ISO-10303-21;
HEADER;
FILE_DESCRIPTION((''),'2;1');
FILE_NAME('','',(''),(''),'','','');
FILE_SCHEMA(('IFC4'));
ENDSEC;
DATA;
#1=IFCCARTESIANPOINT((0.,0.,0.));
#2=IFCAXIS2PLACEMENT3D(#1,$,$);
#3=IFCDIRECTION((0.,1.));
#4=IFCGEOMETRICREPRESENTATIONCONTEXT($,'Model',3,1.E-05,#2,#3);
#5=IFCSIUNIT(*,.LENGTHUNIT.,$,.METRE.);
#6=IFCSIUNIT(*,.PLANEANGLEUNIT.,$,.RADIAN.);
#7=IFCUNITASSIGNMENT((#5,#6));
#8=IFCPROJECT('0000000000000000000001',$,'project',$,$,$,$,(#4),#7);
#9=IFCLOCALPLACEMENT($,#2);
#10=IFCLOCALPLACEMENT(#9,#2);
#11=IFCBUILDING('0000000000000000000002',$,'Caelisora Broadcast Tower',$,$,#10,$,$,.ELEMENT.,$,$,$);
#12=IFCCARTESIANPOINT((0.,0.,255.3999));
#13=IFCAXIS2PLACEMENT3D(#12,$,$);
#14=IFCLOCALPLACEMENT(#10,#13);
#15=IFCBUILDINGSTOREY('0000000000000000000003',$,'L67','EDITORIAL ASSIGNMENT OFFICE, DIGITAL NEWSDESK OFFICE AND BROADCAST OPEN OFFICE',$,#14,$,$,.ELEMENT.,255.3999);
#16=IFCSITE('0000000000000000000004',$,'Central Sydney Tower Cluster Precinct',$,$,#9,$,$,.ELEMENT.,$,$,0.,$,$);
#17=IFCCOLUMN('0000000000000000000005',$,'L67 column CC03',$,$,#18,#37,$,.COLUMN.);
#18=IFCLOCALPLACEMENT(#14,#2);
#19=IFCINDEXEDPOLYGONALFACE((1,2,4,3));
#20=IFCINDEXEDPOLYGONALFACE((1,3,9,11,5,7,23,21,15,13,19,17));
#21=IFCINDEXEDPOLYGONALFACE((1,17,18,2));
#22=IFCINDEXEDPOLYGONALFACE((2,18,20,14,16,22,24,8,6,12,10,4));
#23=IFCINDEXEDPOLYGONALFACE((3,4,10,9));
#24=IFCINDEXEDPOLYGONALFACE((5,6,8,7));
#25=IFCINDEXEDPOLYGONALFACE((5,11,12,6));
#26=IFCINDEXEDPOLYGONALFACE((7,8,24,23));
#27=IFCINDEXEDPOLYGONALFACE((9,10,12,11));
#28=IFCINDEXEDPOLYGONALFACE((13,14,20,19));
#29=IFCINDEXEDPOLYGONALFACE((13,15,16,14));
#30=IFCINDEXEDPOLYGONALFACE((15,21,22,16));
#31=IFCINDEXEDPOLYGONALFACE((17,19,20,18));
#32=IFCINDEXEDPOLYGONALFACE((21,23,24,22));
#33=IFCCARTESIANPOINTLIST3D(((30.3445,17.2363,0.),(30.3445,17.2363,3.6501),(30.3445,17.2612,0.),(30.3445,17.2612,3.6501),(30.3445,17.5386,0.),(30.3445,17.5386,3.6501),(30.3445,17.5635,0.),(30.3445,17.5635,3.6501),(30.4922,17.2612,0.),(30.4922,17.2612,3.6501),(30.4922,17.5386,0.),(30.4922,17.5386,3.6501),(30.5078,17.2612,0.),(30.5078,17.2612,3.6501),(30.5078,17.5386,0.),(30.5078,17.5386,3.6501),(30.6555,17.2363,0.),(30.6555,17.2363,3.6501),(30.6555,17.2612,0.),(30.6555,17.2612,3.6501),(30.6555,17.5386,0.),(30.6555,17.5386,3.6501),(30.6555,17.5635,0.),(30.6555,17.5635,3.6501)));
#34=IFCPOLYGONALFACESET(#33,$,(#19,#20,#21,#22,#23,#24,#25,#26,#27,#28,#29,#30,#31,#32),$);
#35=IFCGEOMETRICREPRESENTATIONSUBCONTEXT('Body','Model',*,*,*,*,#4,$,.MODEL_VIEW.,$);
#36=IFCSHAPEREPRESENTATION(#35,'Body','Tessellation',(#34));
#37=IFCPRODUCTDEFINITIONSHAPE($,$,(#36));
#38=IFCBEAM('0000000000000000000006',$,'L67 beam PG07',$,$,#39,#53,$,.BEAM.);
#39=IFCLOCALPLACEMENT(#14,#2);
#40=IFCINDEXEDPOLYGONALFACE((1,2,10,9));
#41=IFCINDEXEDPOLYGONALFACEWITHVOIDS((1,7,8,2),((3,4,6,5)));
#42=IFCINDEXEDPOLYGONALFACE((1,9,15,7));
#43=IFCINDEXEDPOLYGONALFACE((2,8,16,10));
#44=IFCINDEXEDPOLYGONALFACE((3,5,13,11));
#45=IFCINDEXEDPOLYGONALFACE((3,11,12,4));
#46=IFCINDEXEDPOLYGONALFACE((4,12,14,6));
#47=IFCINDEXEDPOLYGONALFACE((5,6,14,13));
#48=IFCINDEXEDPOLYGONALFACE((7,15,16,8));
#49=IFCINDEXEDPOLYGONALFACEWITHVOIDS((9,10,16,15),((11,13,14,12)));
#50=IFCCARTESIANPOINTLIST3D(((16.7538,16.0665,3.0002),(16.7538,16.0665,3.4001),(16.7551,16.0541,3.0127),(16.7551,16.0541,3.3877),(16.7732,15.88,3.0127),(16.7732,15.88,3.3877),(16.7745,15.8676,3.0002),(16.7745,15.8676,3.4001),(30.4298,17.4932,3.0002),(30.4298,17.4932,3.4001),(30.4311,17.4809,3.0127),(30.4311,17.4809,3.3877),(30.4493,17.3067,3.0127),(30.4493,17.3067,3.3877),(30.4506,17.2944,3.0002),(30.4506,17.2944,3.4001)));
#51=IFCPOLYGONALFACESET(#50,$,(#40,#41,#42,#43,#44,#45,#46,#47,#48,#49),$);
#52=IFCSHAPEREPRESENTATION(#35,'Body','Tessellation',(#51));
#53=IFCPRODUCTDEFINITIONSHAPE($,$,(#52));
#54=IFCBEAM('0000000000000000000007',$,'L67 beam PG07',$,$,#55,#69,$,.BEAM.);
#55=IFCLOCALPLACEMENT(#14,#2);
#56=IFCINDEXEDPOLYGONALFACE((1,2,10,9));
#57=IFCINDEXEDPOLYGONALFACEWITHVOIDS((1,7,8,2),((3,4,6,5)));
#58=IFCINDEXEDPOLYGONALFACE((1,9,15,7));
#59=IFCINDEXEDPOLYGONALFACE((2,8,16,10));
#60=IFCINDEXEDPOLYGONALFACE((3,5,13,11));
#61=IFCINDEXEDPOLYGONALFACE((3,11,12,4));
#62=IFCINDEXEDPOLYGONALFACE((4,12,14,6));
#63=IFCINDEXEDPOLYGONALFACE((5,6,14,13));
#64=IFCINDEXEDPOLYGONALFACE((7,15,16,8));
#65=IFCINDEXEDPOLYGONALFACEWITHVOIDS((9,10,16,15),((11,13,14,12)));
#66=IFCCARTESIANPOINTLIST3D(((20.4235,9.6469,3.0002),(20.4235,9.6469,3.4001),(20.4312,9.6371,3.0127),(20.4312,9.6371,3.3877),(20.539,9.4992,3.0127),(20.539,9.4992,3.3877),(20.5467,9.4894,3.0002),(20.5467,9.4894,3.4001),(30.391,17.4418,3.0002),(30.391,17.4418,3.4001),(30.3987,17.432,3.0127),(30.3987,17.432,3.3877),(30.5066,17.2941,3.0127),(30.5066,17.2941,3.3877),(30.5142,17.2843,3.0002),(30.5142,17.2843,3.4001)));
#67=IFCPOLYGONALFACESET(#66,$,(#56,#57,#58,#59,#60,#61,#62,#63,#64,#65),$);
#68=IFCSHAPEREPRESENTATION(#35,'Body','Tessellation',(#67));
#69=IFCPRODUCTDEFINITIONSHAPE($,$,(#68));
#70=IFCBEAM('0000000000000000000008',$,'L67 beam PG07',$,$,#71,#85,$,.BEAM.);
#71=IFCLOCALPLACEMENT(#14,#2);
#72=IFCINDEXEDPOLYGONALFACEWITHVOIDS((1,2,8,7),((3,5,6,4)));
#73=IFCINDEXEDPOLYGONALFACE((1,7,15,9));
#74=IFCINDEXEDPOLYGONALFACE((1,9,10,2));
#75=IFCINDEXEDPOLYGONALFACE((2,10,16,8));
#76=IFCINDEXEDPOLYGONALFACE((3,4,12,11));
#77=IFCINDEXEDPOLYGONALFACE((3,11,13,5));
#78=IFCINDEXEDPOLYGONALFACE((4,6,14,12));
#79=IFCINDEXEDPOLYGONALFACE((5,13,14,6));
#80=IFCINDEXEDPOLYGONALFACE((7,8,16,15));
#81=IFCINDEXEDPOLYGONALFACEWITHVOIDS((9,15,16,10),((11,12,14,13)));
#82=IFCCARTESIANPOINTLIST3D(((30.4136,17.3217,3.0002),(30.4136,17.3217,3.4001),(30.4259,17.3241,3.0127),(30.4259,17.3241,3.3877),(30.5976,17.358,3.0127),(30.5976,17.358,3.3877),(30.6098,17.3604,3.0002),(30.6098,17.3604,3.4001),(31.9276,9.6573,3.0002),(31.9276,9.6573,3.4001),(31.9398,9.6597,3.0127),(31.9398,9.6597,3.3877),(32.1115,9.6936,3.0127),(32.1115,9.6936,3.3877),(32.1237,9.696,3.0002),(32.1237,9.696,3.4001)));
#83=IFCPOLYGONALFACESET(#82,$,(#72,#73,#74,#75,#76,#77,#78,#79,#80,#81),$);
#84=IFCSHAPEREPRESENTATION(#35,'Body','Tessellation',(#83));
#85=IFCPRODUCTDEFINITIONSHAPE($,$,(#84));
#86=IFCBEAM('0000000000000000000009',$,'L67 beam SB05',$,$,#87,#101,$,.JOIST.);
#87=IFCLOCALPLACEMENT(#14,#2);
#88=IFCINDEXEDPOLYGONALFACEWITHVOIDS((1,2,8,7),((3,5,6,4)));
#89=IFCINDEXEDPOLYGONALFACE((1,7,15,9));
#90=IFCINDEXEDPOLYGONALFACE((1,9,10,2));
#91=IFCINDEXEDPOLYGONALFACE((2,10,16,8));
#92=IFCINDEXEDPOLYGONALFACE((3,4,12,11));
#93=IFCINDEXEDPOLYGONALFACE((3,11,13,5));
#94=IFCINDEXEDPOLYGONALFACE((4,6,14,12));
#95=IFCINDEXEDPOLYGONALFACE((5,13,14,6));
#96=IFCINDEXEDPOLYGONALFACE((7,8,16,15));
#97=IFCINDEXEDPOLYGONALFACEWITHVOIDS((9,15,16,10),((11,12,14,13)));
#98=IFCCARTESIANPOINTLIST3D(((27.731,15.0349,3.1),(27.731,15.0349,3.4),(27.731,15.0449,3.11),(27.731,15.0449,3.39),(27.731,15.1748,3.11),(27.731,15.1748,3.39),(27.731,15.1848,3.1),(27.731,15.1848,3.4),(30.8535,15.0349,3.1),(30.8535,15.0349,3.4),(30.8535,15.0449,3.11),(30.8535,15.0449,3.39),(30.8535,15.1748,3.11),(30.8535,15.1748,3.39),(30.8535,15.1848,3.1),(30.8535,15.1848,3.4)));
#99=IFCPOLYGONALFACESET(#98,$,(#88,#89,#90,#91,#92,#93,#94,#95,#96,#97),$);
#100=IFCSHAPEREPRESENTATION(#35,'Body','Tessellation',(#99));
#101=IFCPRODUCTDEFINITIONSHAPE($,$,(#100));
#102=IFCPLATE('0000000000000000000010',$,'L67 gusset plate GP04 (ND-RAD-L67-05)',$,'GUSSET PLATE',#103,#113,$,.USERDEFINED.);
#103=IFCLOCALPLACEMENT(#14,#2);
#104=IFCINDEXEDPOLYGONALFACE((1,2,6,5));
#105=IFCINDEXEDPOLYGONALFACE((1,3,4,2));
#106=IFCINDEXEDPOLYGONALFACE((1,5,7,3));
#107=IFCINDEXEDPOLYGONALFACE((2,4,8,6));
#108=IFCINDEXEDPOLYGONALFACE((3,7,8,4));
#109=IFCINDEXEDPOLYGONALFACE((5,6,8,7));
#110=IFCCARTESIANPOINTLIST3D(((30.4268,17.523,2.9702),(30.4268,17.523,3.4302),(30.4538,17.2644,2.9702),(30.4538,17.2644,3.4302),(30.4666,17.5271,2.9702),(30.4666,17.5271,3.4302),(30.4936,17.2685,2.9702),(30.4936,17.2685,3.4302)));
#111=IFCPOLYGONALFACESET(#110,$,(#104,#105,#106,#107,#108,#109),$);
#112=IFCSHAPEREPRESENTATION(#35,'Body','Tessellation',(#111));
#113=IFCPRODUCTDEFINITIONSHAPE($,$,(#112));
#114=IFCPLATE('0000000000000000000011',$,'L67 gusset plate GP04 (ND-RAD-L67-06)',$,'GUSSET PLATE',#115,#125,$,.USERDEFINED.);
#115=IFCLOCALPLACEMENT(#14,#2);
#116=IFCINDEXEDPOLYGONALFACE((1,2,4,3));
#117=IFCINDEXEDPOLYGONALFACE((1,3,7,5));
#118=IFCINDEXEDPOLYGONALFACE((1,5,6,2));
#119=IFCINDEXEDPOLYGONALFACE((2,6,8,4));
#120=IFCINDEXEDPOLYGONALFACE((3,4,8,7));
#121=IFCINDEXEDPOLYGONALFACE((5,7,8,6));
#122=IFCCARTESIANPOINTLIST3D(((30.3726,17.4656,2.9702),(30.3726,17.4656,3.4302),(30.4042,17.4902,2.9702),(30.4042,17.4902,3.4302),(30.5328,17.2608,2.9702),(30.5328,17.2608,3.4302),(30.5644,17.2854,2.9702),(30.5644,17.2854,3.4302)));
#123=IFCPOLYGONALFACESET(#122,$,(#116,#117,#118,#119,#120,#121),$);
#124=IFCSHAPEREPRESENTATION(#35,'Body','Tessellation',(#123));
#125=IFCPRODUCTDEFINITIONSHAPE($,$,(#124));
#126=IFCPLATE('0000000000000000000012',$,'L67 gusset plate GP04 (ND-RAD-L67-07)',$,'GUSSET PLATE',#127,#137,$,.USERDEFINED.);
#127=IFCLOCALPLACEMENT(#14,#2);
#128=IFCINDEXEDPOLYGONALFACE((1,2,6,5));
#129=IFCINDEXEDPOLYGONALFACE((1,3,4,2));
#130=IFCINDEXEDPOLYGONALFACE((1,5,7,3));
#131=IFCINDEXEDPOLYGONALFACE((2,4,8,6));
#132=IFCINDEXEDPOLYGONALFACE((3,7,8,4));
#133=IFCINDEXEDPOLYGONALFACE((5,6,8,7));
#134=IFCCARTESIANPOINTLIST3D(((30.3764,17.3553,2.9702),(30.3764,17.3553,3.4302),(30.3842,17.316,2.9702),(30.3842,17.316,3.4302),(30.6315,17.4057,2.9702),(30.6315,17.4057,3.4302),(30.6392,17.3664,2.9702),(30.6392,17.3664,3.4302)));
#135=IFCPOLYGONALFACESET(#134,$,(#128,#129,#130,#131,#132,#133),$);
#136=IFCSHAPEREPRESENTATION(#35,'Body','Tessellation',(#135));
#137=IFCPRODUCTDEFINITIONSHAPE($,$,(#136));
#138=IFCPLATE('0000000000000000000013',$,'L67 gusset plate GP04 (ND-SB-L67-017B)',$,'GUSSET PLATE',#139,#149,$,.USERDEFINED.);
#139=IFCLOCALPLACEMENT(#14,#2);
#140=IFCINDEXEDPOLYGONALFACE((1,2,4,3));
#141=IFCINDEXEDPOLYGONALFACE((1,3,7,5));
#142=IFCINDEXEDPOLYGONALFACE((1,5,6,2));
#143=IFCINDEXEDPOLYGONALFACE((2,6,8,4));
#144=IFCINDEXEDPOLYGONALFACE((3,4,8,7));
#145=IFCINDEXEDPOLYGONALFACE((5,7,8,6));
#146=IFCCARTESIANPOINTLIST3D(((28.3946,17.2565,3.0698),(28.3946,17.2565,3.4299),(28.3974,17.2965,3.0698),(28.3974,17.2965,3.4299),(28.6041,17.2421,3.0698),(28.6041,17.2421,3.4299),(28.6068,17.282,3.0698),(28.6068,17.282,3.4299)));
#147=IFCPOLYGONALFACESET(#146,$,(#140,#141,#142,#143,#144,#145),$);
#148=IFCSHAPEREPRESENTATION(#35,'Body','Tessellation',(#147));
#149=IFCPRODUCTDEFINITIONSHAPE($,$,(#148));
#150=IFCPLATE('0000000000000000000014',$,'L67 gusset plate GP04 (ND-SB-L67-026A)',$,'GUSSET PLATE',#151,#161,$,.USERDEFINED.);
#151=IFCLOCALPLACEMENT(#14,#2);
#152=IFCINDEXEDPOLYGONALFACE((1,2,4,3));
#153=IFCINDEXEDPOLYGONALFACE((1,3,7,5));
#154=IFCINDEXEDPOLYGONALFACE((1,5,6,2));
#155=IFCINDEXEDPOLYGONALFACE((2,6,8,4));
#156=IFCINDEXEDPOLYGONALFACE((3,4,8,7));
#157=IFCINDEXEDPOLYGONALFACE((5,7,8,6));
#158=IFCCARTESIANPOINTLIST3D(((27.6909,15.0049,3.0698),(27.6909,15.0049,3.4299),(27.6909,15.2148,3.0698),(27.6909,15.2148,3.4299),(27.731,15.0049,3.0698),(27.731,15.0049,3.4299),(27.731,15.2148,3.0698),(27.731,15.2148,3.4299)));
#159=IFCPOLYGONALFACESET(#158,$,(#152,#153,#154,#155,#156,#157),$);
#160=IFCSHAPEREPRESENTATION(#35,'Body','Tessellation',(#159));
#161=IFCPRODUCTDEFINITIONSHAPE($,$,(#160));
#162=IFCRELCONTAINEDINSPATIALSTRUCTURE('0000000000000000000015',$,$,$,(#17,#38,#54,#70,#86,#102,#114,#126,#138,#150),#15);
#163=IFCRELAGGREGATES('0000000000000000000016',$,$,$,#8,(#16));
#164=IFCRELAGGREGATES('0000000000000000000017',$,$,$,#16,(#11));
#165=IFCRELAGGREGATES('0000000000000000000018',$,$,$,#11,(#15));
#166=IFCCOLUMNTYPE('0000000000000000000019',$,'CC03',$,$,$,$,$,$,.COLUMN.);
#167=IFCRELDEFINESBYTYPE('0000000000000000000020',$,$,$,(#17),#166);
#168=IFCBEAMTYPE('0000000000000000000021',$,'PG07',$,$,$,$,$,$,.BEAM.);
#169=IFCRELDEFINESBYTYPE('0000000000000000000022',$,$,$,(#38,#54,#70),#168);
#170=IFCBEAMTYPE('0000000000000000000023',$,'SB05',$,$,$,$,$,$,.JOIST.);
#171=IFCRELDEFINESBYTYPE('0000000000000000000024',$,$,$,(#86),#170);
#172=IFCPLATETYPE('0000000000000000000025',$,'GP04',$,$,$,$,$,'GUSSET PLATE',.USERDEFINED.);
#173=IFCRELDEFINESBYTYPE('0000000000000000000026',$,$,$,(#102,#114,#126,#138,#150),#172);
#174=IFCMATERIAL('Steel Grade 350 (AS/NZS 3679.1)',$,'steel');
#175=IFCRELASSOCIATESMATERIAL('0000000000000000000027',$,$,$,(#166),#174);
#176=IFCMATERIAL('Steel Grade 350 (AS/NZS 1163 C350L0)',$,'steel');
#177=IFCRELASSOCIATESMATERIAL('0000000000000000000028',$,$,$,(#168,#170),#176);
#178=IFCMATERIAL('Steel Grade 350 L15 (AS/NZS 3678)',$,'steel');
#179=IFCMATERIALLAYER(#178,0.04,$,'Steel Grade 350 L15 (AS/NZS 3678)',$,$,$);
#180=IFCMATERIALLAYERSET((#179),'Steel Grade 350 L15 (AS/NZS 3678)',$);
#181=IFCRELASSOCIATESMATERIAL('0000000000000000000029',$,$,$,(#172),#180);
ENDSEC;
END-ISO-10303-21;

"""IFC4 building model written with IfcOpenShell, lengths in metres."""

from ifc_helpers import new_model, si_unit, direction, frame, origin, origin_2d, place, context, subcontext, project, spatial, rectangle, hollow_rectangle, i_section, extrude, source, transform, mapped, material, layer, layer_set, material_profile, profile_set, type_object, type_shapes, element, save


model = new_model("IFC4")

# Units and contexts
model_context = context("Model", 3, precision=1e-05, world=origin(), true_north=direction((0.0, 1.0)))
body_context = subcontext(model_context, "Body", "Model", "MODEL_VIEW")
ifc_project = project(units=[si_unit("LENGTHUNIT", "METRE"), si_unit("PLANEANGLEUNIT", "RADIAN")], contexts=[model_context])

# Site, building, storey
site_placement = place(None, origin())
site = spatial("IfcSite", under=ifc_project, at=site_placement, Name="Central Sydney Tower Cluster Precinct", CompositionType="ELEMENT", RefElevation=0.0)
building_placement = place(site_placement, origin())
building = spatial("IfcBuilding", under=site, at=building_placement, Name="Caelisora Broadcast Tower", CompositionType="ELEMENT")
storey_placement = place(building_placement, frame((0.0, 0.0, 255.3999)))
storey = spatial("IfcBuildingStorey", under=building, at=storey_placement, Name="L67", Description="EDITORIAL ASSIGNMENT OFFICE, DIGITAL NEWSDESK OFFICE AND BROADCAST OPEN OFFICE", CompositionType="ELEMENT", Elevation=255.3999)

# Column
ifc_material_1 = material(Name="Steel Grade 350 (AS/NZS 3679.1)", Category="steel")
ifc_material_profile_1 = material_profile(ifc_material_1, i_section(OverallWidth=0.311, OverallDepth=0.3271, WebThickness=0.0156, FlangeThickness=0.0249, at=origin_2d()), Name="Steel Grade 350 (AS/NZS 3679.1)")
ifc_profile_set_1 = profile_set([ifc_material_profile_1], Name="Steel Grade 350 (AS/NZS 3679.1)")
column_type = type_object("IfcColumnType", Name="CC03", PredefinedType="COLUMN", material=ifc_profile_set_1)
shared_shape_1 = source(origin(), body_context, "Body", "SweptSolid", [
    extrude(i_section(OverallWidth=0.311, OverallDepth=0.3271, WebThickness=0.0156, FlangeThickness=0.0249, at=origin_2d()), origin(), (0.0, 0.0, 1.0), 3.6501),
])
type_shapes(column_type, [shared_shape_1])
column_placement = place(storey_placement, frame((30.5, 17.3999, 0.0), z_axis=(0.0, 0.0, 1.0), x_axis=(1.0, 0.0, 0.0)))
element("IfcColumn", 1, at=column_placement, inside=storey, type_object=column_type, Name="L67 column CC03", PredefinedType="COLUMN", context=body_context, shape_type="MappedRepresentation", body=[
    mapped(shared_shape_1, transform((0.0, 0.0, 0.0), scale=1.0)),
])

# Beams
ifc_material_2 = material(Name="Steel Grade 350 (AS/NZS 1163 C350L0)", Category="steel")
ifc_material_profile_2 = material_profile(ifc_material_2, hollow_rectangle(XDim=0.2, YDim=0.3999, WallThickness=0.0125, at=origin_2d()), Name="Steel Grade 350 (AS/NZS 1163 C350L0)")
ifc_profile_set_2 = profile_set([ifc_material_profile_2], Name="Steel Grade 350 (AS/NZS 1163 C350L0)")
beam_type_1 = type_object("IfcBeamType", Name="PG07", PredefinedType="BEAM", material=ifc_profile_set_2)
shared_shape_2 = source(origin(), body_context, "Body", "SweptSolid", [
    extrude(hollow_rectangle(XDim=0.2, YDim=0.3999, WallThickness=0.0125, at=origin_2d()), origin(), (0.0, 0.0, 1.0), 13.7502),
])
beam_1_placement = place(storey_placement, frame((30.4402, 17.3938, 3.2002), z_axis=(-0.994602, -0.103762, 0.0), x_axis=(0.103762, -0.994602, 0.0)))
element("IfcBeam", 2, at=beam_1_placement, inside=storey, type_object=beam_type_1, Name="L67 beam PG07", PredefinedType="BEAM", context=body_context, shape_type="MappedRepresentation", body=[
    mapped(shared_shape_2, transform((0.0, 0.0, 0.0), scale=1.0)),
])
shared_shape_3 = source(origin(), body_context, "Body", "SweptSolid", [
    extrude(hollow_rectangle(XDim=0.2, YDim=0.3999, WallThickness=0.0125, at=origin_2d()), origin(), (0.0, 0.0, 1.0), 12.6536),
])
beam_2_placement = place(storey_placement, frame((30.4526, 17.363, 3.2002), z_axis=(-0.787726, -0.616026, 0.0), x_axis=(0.616026, -0.787726, 0.0)))
element("IfcBeam", 3, at=beam_2_placement, inside=storey, type_object=beam_type_1, Name="L67 beam PG07", PredefinedType="BEAM", context=body_context, shape_type="MappedRepresentation", body=[
    mapped(shared_shape_3, transform((0.0, 0.0, 0.0), scale=1.0)),
])
shared_shape_4 = source(origin(), body_context, "Body", "SweptSolid", [
    extrude(hollow_rectangle(XDim=0.2, YDim=0.3999, WallThickness=0.0125, at=origin_2d()), origin(), (0.0, 0.0, 1.0), 7.8125),
])
type_shapes(beam_type_1, [shared_shape_2, shared_shape_3, shared_shape_4])
beam_3_placement = place(storey_placement, frame((30.5117, 17.3411, 3.2002), z_axis=(0.193784, -0.981044, 0.0), x_axis=(0.981044, 0.193784, 0.0)))
element("IfcBeam", 4, at=beam_3_placement, inside=storey, type_object=beam_type_1, Name="L67 beam PG07", PredefinedType="BEAM", context=body_context, shape_type="MappedRepresentation", body=[
    mapped(shared_shape_4, transform((0.0, 0.0, 0.0), scale=1.0)),
])
ifc_material_profile_3 = material_profile(ifc_material_2, hollow_rectangle(XDim=0.1499, YDim=0.3, WallThickness=0.01, at=origin_2d()), Name="Steel Grade 350 (AS/NZS 1163 C350L0)")
ifc_profile_set_3 = profile_set([ifc_material_profile_3], Name="Steel Grade 350 (AS/NZS 1163 C350L0)")
beam_type_2 = type_object("IfcBeamType", Name="SB05", PredefinedType="JOIST", material=ifc_profile_set_3)
shared_shape_5 = source(origin(), body_context, "Body", "SweptSolid", [
    extrude(hollow_rectangle(XDim=0.1499, YDim=0.3, WallThickness=0.01, at=origin_2d()), origin(), (0.0, 0.0, 1.0), 3.1226),
])
type_shapes(beam_type_2, [shared_shape_5])
beam_4_placement = place(storey_placement, frame((27.731, 15.1099, 3.25), z_axis=(1.0, 0.0, 0.0), x_axis=(0.0, 1.0, 0.0)))
element("IfcBeam", 5, at=beam_4_placement, inside=storey, type_object=beam_type_2, Name="L67 beam SB05", PredefinedType="JOIST", context=body_context, shape_type="MappedRepresentation", body=[
    mapped(shared_shape_5, transform((0.0, 0.0, 0.0), scale=1.0)),
])

# Plates
ifc_material_3 = material(Name="Steel Grade 350 L15 (AS/NZS 3678)", Category="steel")
ifc_layer_1 = layer(ifc_material_3, 0.04, Name="Steel Grade 350 L15 (AS/NZS 3678)")
ifc_layer_set_1 = layer_set([ifc_layer_1], Name="Steel Grade 350 L15 (AS/NZS 3678)")
plate_type = type_object("IfcPlateType", Name="GP04", ElementType="GUSSET PLATE", PredefinedType="USERDEFINED", material=ifc_layer_set_1)
shared_shape_6 = source(origin(), body_context, "Body", "SweptSolid", [
    extrude(rectangle(XDim=0.26, YDim=0.04, at=origin_2d()), origin(), (0.0, 0.0, 1.0), 0.46),
])
for number, where, z_axis, x_axis, name in (
    (6, (30.4602, 17.3958, 2.9702), (0.0, 0.0, 1.0), (0.103834, -0.994595, 0.0), "L67 gusset plate GP04 (ND-RAD-L67-05)"),
    (7, (30.4685, 17.3755, 2.9702), (0.0, 0.0, 1.0), (0.616074, -0.787688, 0.0), "L67 gusset plate GP04 (ND-RAD-L67-06)"),
    (8, (30.5078, 17.3608, 2.9702), (0.0, 0.0, 1.0), (0.981023, 0.193892, 0.0), "L67 gusset plate GP04 (ND-RAD-L67-07)"),
):
    element("IfcPlate", number, at=place(storey_placement, frame(where, z_axis=z_axis, x_axis=x_axis)), inside=storey, type_object=plate_type, Name=name, ObjectType="GUSSET PLATE", PredefinedType="USERDEFINED", context=body_context, shape_type="MappedRepresentation", body=[
        mapped(shared_shape_6, transform((0.0, 0.0, 0.0), scale=1.0)),
    ])
shared_shape_7 = source(origin(), body_context, "Body", "SweptSolid", [
    extrude(rectangle(XDim=0.21, YDim=0.04, at=origin_2d()), origin(), (0.0, 0.0, 1.0), 0.3601),
])
type_shapes(plate_type, [shared_shape_6, shared_shape_7])
for number, where, z_axis, x_axis, name in (
    (9, (28.5007, 17.2693, 3.0698), (0.0, 0.0, 1.0), (0.997637, -0.068712, 0.0), "L67 gusset plate GP04 (ND-SB-L67-017B)"),
    (10, (27.7109, 15.1099, 3.0698), (0.0, 0.0, 1.0), (0.0, 1.0, 0.0), "L67 gusset plate GP04 (ND-SB-L67-026A)"),
):
    element("IfcPlate", number, at=place(storey_placement, frame(where, z_axis=z_axis, x_axis=x_axis)), inside=storey, type_object=plate_type, Name=name, ObjectType="GUSSET PLATE", PredefinedType="USERDEFINED", context=body_context, shape_type="MappedRepresentation", body=[
        mapped(shared_shape_7, transform((0.0, 0.0, 0.0), scale=1.0)),
    ])

save(model, "model.ifc")
